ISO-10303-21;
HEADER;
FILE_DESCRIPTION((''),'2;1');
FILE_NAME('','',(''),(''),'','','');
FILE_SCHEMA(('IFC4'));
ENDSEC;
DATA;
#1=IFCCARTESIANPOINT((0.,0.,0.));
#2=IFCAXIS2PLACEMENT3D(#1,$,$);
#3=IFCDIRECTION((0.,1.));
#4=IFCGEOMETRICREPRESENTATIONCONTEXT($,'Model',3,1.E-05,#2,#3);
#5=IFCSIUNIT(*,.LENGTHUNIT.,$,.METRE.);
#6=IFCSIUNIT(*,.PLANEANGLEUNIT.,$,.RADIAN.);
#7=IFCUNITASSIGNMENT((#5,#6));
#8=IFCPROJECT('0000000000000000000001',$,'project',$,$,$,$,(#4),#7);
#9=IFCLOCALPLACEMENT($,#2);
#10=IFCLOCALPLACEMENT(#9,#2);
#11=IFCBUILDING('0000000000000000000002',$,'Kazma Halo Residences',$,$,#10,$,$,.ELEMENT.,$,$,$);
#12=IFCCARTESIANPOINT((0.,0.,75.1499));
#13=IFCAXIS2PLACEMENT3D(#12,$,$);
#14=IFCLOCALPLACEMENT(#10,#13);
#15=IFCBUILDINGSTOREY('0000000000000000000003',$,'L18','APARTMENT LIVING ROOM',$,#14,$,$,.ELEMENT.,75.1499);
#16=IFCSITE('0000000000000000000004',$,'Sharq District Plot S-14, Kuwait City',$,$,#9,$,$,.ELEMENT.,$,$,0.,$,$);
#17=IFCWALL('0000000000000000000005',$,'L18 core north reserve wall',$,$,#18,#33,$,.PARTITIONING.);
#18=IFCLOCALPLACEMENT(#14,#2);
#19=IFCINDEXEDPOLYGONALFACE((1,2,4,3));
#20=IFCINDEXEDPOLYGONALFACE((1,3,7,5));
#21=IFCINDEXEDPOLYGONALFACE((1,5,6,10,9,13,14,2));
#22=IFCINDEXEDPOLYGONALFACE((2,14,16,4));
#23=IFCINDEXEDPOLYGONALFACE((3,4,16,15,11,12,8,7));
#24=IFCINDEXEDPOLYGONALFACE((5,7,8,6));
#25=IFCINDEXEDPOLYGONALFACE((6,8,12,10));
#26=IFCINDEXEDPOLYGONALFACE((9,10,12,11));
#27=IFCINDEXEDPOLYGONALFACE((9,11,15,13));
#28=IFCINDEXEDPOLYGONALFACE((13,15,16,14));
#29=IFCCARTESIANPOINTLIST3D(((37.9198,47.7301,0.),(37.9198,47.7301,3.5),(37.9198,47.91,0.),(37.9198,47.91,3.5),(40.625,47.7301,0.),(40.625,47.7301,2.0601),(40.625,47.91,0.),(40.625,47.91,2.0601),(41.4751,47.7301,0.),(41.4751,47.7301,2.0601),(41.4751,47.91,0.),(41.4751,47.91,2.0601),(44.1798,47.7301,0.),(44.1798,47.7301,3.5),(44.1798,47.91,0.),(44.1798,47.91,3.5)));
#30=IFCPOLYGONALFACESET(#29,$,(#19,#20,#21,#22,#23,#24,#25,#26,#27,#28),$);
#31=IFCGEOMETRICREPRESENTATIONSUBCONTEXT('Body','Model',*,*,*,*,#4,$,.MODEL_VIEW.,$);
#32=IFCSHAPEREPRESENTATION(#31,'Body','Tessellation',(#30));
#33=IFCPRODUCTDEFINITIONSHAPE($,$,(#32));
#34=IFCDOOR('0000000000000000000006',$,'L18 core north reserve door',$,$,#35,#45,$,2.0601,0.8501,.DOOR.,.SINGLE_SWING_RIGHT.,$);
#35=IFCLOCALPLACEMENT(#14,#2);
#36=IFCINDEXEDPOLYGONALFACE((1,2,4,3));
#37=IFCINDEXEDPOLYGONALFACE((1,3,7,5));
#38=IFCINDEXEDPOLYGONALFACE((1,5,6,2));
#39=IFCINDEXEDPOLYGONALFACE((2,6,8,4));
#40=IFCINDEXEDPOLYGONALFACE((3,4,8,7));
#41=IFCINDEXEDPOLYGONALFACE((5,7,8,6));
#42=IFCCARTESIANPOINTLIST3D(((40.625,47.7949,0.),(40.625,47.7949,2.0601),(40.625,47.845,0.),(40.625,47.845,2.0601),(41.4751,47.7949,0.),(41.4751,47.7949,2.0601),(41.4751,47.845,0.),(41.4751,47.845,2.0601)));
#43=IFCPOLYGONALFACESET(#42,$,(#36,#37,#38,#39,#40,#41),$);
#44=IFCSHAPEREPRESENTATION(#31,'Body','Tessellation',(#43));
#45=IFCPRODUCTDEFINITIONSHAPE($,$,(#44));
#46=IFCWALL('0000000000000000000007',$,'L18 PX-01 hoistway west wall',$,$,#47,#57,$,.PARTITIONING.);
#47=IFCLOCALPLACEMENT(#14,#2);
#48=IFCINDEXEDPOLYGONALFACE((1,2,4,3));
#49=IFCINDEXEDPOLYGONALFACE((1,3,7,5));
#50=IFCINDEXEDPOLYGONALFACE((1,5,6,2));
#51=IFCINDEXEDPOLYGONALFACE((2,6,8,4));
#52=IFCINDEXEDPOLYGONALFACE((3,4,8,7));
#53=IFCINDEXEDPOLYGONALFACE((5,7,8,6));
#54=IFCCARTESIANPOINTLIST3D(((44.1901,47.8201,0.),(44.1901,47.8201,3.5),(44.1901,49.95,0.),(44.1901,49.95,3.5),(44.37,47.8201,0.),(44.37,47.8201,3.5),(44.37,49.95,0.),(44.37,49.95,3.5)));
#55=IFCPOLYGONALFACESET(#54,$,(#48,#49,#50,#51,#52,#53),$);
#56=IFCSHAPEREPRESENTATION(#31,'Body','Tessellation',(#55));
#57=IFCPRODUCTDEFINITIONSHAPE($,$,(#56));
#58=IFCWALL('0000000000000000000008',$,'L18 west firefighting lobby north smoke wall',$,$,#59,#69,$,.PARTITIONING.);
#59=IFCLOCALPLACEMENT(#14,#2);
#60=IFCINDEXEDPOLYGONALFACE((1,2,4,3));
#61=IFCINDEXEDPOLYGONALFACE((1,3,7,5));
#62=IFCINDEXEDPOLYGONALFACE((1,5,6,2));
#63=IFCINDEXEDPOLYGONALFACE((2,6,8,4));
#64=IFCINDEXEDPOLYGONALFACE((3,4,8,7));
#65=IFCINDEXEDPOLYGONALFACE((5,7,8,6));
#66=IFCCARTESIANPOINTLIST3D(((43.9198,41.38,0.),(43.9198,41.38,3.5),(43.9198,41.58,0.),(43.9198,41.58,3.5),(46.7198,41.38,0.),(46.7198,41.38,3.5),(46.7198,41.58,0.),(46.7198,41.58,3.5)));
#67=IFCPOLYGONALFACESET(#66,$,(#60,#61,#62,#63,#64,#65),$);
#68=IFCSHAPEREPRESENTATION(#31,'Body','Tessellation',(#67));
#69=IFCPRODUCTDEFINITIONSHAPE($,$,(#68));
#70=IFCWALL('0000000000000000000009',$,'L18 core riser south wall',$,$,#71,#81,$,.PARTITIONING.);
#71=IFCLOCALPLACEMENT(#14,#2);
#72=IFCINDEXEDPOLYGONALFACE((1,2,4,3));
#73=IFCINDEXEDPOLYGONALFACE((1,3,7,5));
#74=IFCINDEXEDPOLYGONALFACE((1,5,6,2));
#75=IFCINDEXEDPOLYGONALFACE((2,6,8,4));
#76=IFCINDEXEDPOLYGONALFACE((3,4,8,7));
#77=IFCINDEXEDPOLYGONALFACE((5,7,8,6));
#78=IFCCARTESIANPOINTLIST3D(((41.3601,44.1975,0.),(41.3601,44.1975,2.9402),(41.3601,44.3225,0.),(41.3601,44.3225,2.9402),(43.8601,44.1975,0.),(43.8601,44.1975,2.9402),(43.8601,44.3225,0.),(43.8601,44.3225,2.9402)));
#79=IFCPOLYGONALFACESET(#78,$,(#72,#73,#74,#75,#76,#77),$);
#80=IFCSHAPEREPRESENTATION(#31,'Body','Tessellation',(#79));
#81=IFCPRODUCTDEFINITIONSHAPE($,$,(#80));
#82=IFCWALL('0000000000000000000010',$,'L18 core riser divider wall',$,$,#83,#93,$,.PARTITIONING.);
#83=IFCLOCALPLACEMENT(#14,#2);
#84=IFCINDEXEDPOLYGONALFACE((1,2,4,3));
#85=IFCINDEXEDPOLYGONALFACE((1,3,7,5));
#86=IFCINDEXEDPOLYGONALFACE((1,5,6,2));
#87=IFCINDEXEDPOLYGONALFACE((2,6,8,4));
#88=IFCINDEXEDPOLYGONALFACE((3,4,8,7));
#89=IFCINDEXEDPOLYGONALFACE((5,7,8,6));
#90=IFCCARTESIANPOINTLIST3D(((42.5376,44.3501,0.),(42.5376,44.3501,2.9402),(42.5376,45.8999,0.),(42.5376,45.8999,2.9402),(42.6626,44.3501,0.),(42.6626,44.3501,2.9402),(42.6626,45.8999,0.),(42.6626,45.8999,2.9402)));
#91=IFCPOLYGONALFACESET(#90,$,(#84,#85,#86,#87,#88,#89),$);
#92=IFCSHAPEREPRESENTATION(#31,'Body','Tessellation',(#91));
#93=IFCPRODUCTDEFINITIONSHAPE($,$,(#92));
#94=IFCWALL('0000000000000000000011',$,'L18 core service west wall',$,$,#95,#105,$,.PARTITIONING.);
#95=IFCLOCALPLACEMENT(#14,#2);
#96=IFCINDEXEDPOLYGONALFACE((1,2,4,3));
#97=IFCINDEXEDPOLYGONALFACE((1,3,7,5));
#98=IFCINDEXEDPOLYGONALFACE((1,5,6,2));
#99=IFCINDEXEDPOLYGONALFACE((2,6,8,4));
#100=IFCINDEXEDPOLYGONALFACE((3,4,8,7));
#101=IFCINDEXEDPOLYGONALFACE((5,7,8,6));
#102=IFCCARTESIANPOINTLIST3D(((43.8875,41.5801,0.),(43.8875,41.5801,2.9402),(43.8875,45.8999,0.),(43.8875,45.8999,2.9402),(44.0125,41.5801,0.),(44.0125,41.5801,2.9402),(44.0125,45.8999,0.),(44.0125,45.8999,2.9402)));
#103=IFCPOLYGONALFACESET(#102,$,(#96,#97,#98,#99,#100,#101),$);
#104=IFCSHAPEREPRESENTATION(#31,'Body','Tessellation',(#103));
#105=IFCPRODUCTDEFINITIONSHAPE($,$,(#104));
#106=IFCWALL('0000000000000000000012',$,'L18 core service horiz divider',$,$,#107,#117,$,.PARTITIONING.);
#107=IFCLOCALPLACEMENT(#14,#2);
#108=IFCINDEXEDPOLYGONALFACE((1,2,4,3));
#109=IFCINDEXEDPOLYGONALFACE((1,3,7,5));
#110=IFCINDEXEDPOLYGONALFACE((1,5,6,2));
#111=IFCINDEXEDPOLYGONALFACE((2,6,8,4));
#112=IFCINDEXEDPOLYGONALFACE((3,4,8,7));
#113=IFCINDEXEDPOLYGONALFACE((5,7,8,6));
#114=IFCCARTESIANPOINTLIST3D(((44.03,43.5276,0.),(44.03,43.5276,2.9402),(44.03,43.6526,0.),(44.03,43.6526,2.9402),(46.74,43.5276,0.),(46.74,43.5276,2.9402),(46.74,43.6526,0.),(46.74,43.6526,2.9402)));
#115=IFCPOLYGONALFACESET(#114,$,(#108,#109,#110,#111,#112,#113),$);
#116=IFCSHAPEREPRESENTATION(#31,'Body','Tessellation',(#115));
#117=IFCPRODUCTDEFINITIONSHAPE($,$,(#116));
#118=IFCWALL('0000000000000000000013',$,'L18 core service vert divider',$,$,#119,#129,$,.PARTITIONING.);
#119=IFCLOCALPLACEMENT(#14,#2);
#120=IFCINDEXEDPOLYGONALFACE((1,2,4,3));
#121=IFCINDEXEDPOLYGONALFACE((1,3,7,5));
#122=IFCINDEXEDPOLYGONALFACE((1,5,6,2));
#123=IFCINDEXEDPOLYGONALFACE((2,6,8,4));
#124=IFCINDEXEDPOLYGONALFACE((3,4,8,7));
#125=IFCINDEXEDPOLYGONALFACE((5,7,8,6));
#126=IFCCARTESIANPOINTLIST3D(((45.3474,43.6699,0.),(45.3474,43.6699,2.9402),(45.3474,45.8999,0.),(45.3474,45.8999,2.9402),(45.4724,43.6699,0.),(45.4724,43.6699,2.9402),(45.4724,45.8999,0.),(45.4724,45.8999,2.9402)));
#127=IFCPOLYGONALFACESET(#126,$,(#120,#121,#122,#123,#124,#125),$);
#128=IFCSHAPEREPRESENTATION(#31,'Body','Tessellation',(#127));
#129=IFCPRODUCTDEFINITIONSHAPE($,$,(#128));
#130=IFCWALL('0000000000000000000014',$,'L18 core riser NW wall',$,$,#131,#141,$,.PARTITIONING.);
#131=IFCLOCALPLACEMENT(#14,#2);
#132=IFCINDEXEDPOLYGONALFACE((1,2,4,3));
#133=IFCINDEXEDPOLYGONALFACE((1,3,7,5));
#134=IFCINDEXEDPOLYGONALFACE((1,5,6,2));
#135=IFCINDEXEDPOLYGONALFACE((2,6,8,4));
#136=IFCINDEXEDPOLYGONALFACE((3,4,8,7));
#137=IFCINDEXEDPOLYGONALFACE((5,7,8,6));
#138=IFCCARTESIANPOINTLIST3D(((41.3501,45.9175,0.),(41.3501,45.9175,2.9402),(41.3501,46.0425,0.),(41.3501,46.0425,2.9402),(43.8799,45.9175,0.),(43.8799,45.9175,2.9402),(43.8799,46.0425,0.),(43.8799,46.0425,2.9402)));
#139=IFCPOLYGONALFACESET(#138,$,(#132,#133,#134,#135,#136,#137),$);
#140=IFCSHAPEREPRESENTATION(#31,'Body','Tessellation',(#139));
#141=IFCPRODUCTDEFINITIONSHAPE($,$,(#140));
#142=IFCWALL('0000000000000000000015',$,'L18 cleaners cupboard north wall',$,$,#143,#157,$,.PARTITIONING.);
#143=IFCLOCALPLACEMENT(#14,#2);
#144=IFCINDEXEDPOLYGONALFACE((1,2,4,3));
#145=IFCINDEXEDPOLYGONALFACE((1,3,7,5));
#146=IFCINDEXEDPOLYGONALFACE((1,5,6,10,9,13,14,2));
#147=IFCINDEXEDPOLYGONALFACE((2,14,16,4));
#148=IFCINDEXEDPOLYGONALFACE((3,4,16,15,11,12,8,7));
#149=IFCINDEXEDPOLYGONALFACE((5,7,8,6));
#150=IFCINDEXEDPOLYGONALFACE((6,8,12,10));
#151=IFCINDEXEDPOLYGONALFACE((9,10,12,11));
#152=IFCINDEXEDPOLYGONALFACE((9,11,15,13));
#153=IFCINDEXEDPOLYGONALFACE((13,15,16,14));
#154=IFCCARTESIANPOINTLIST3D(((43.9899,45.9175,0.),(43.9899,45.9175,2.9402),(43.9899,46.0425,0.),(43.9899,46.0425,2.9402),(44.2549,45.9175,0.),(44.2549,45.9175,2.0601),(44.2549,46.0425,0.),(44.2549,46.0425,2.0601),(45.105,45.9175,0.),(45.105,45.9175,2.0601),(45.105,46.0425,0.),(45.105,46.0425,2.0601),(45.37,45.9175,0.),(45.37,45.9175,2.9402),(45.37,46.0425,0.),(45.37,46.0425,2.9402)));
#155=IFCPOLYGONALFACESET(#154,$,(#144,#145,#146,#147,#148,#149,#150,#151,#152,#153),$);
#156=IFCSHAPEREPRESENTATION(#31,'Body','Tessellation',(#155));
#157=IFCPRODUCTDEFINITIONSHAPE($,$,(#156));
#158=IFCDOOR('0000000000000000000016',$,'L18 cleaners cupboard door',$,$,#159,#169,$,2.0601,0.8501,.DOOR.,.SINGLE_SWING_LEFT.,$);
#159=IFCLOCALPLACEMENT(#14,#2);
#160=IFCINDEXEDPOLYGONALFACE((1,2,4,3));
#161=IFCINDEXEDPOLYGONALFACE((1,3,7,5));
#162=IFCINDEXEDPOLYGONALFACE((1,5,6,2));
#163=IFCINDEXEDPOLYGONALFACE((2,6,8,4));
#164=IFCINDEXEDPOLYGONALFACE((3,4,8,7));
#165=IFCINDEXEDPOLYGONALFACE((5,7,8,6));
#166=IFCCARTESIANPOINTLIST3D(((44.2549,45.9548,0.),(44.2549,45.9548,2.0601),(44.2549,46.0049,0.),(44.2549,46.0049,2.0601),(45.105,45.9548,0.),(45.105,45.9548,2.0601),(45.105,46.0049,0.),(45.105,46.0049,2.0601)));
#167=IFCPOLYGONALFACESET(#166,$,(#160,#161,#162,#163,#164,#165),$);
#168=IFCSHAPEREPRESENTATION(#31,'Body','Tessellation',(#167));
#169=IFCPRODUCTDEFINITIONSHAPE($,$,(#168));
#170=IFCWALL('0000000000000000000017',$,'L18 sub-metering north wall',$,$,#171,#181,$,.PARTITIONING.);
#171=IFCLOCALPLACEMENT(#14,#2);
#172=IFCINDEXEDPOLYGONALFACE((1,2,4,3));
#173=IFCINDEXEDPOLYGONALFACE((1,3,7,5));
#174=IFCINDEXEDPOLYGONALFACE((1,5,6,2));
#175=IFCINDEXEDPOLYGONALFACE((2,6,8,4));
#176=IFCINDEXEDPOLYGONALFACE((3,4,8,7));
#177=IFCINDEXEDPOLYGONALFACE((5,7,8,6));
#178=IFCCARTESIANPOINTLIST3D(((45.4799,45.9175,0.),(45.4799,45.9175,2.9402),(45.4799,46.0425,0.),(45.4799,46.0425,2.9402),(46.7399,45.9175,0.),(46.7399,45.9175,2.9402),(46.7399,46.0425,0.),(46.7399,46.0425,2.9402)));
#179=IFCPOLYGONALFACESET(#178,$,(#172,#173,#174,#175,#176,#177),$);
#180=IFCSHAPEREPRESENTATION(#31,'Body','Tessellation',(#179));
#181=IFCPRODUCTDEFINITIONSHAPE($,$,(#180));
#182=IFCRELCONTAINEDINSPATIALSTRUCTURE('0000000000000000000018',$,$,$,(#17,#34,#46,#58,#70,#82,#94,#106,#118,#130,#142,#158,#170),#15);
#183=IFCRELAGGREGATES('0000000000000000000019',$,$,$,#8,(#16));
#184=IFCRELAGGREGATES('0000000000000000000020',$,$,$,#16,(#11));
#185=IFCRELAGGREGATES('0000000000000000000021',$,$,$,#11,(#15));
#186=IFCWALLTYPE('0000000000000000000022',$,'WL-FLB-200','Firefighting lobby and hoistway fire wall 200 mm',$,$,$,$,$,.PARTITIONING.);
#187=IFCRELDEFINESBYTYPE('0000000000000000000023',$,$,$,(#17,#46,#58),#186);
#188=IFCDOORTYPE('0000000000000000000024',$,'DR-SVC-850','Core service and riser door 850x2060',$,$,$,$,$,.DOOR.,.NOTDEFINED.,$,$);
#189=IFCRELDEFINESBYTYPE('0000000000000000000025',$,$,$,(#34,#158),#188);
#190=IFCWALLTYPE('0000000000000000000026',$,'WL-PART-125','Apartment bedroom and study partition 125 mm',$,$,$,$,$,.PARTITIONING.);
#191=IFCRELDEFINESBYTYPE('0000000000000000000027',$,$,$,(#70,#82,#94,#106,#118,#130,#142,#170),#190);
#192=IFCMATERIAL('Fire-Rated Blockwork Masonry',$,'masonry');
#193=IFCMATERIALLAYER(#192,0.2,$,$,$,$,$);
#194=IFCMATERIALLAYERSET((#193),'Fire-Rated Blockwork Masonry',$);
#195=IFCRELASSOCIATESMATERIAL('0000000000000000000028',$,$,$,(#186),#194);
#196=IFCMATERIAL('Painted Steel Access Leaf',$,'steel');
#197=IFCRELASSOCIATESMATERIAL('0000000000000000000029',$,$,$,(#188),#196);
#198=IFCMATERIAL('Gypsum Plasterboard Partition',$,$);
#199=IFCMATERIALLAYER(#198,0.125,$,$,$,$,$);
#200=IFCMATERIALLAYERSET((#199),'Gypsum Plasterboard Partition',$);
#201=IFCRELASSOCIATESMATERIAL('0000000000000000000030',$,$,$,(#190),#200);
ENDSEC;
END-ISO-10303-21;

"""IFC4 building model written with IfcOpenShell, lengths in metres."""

from ifc_helpers import new_model, si_unit, direction, frame, frame_2d, origin, place, context, subcontext, project, spatial, rectangle, extrude, material, layer, layer_set, type_object, element, fill, save


model = new_model("IFC4")

# Units and contexts
model_context = context("Model", 3, precision=1e-05, world=origin(), true_north=direction((0.0, 1.0)))
body_context = subcontext(model_context, "Body", "Model", "MODEL_VIEW")
ifc_project = project(units=[si_unit("LENGTHUNIT", "METRE"), si_unit("PLANEANGLEUNIT", "RADIAN")], contexts=[model_context])

# Site, building, storey
site_placement = place(None, origin())
site = spatial("IfcSite", under=ifc_project, at=site_placement, Name="Sharq District Plot S-14, Kuwait City", CompositionType="ELEMENT", RefElevation=0.0)
building_placement = place(site_placement, origin())
building = spatial("IfcBuilding", under=site, at=building_placement, Name="Kazma Halo Residences", CompositionType="ELEMENT")
storey_placement = place(building_placement, frame((0.0, 0.0, 75.1499)))
storey = spatial("IfcBuildingStorey", under=building, at=storey_placement, Name="L18", Description="APARTMENT LIVING ROOM", CompositionType="ELEMENT", Elevation=75.1499)

# Shared definitions
ifc_material_1 = material(Name="Fire-Rated Blockwork Masonry", Category="masonry")
ifc_layer_1 = layer(ifc_material_1, 0.2)
ifc_layer_set_1 = layer_set([ifc_layer_1], Name="Fire-Rated Blockwork Masonry")
wall_type_1 = type_object("IfcWallType", Name="WL-FLB-200", Description="Firefighting lobby and hoistway fire wall 200 mm", PredefinedType="PARTITIONING", material=ifc_layer_set_1)

# Wall, opening, door
wall_1_placement = place(storey_placement, frame((37.9199, 47.8201, 0.0), z_axis=(0.0, 0.0, 1.0), x_axis=(1.0, 0.0, 0.0)))
wall_1 = element("IfcWall", 1, at=wall_1_placement, inside=storey, type_object=wall_type_1, Name="L18 core north reserve wall", PredefinedType="PARTITIONING", context=body_context, shape_type="SweptSolid", body=[
    extrude(rectangle(XDim=6.26, YDim=0.1799, at=frame_2d((3.1299, 0.0))), origin(), (0.0, 0.0, 1.0), 3.5),
])
opening_1_placement = place(wall_1_placement, frame((2.7051, 0.0, 0.0)))
opening_1 = element("IfcOpeningElement", 2, at=opening_1_placement, cuts=wall_1, PredefinedType="OPENING", context=body_context, shape_type="SweptSolid", body=[
    extrude(rectangle(XDim=0.8501, YDim=2.0601, at=frame_2d((0.425, 1.03))), frame((0.0, 0.0999, 0.0), z_axis=(0.0, -1.0, 0.0), x_axis=(1.0, 0.0, 0.0)), (0.0, 0.0, 1.0), 0.2),
])
ifc_material_2 = material(Name="Painted Steel Access Leaf", Category="steel")
door_type_1 = type_object("IfcDoorType", Name="DR-SVC-850", Description="Core service and riser door 850x2060", OperationType="NOTDEFINED", PredefinedType="DOOR", material=ifc_material_2)
door_1_placement = place(opening_1_placement, origin())
door_1 = element("IfcDoor", 3, at=door_1_placement, inside=storey, type_object=door_type_1, Name="L18 core north reserve door", OperationType="SINGLE_SWING_RIGHT", OverallHeight=2.0601, OverallWidth=0.8501, PredefinedType="DOOR", context=body_context, shape_type="SweptSolid", body=[
    extrude(rectangle(XDim=0.8501, YDim=2.0601, at=frame_2d((0.425, 1.03))), frame((0.0, 0.0249, 0.0), z_axis=(0.0, -1.0, 0.0), x_axis=(1.0, 0.0, 0.0)), (0.0, 0.0, 1.0), 0.05),
])
fill(opening_1, door_1)

# Walls
wall_2_placement = place(storey_placement, frame((44.28, 47.8201, 0.0), z_axis=(0.0, 0.0, 1.0), x_axis=(0.0, 1.0, 0.0)))
element("IfcWall", 4, at=wall_2_placement, inside=storey, type_object=wall_type_1, Name="L18 PX-01 hoistway west wall", PredefinedType="PARTITIONING", context=body_context, shape_type="SweptSolid", body=[
    extrude(rectangle(XDim=2.1299, YDim=0.1799, at=frame_2d((1.0649, 0.0))), origin(), (0.0, 0.0, 1.0), 3.5),
])
wall_3_placement = place(storey_placement, frame((43.9199, 41.48, 0.0), z_axis=(0.0, 0.0, 1.0), x_axis=(1.0, 0.0, 0.0)))
element("IfcWall", 5, at=wall_3_placement, inside=storey, type_object=wall_type_1, Name="L18 west firefighting lobby north smoke wall", PredefinedType="PARTITIONING", context=body_context, shape_type="SweptSolid", body=[
    extrude(rectangle(XDim=2.8, YDim=0.2, at=frame_2d((1.3999, 0.0))), origin(), (0.0, 0.0, 1.0), 3.5),
])
ifc_material_3 = material(Name="Gypsum Plasterboard Partition")
ifc_layer_2 = layer(ifc_material_3, 0.125)
ifc_layer_set_2 = layer_set([ifc_layer_2], Name="Gypsum Plasterboard Partition")
wall_type_2 = type_object("IfcWallType", Name="WL-PART-125", Description="Apartment bedroom and study partition 125 mm", PredefinedType="PARTITIONING", material=ifc_layer_set_2)
wall_4_placement = place(storey_placement, frame((41.3601, 44.26, 0.0), z_axis=(0.0, 0.0, 1.0), x_axis=(1.0, 0.0, 0.0)))
element("IfcWall", 6, at=wall_4_placement, inside=storey, type_object=wall_type_2, Name="L18 core riser south wall", PredefinedType="PARTITIONING", context=body_context, shape_type="SweptSolid", body=[
    extrude(rectangle(XDim=2.5, YDim=0.125, at=frame_2d((1.25, 0.0))), origin(), (0.0, 0.0, 1.0), 2.9402),
])
wall_5_placement = place(storey_placement, frame((42.6001, 44.3501, 0.0), z_axis=(0.0, 0.0, 1.0), x_axis=(0.0, 1.0, 0.0)))
element("IfcWall", 7, at=wall_5_placement, inside=storey, type_object=wall_type_2, Name="L18 core riser divider wall", PredefinedType="PARTITIONING", context=body_context, shape_type="SweptSolid", body=[
    extrude(rectangle(XDim=1.5498, YDim=0.125, at=frame_2d((0.7749, 0.0))), origin(), (0.0, 0.0, 1.0), 2.9402),
])
wall_6_placement = place(storey_placement, frame((43.95, 41.5801, 0.0), z_axis=(0.0, 0.0, 1.0), x_axis=(0.0, 1.0, 0.0)))
element("IfcWall", 8, at=wall_6_placement, inside=storey, type_object=wall_type_2, Name="L18 core service west wall", PredefinedType="PARTITIONING", context=body_context, shape_type="SweptSolid", body=[
    extrude(rectangle(XDim=4.3198, YDim=0.125, at=frame_2d((2.1599, 0.0))), origin(), (0.0, 0.0, 1.0), 2.9402),
])
wall_7_placement = place(storey_placement, frame((44.03, 43.5901, 0.0), z_axis=(0.0, 0.0, 1.0), x_axis=(1.0, 0.0, 0.0)))
element("IfcWall", 9, at=wall_7_placement, inside=storey, type_object=wall_type_2, Name="L18 core service horiz divider", PredefinedType="PARTITIONING", context=body_context, shape_type="SweptSolid", body=[
    extrude(rectangle(XDim=2.71, YDim=0.125, at=frame_2d((1.355, 0.0))), origin(), (0.0, 0.0, 1.0), 2.9402),
])
wall_8_placement = place(storey_placement, frame((45.4099, 43.6699, 0.0), z_axis=(0.0, 0.0, 1.0), x_axis=(0.0, 1.0, 0.0)))
element("IfcWall", 10, at=wall_8_placement, inside=storey, type_object=wall_type_2, Name="L18 core service vert divider", PredefinedType="PARTITIONING", context=body_context, shape_type="SweptSolid", body=[
    extrude(rectangle(XDim=2.23, YDim=0.125, at=frame_2d((1.115, 0.0))), origin(), (0.0, 0.0, 1.0), 2.9402),
])
wall_9_placement = place(storey_placement, frame((41.3501, 45.98, 0.0), z_axis=(0.0, 0.0, 1.0), x_axis=(1.0, 0.0, 0.0)))
element("IfcWall", 11, at=wall_9_placement, inside=storey, type_object=wall_type_2, Name="L18 core riser NW wall", PredefinedType="PARTITIONING", context=body_context, shape_type="SweptSolid", body=[
    extrude(rectangle(XDim=2.5298, YDim=0.125, at=frame_2d((1.2649, 0.0))), origin(), (0.0, 0.0, 1.0), 2.9402),
])

# Wall, opening, door
wall_10_placement = place(storey_placement, frame((43.99, 45.98, 0.0), z_axis=(0.0, 0.0, 1.0), x_axis=(1.0, 0.0, 0.0)))
wall_10 = element("IfcWall", 12, at=wall_10_placement, inside=storey, type_object=wall_type_2, Name="L18 cleaners cupboard north wall", PredefinedType="PARTITIONING", context=body_context, shape_type="SweptSolid", body=[
    extrude(rectangle(XDim=1.3801, YDim=0.125, at=frame_2d((0.6899, 0.0))), origin(), (0.0, 0.0, 1.0), 2.9402),
])
opening_2_placement = place(wall_10_placement, frame((0.2649, 0.0, 0.0)))
opening_2 = element("IfcOpeningElement", 13, at=opening_2_placement, cuts=wall_10, PredefinedType="OPENING", context=body_context, shape_type="SweptSolid", body=[
    extrude(rectangle(XDim=0.8501, YDim=2.0601, at=frame_2d((0.425, 1.03))), frame((0.0, 0.0725, 0.0), z_axis=(0.0, -1.0, 0.0), x_axis=(1.0, 0.0, 0.0)), (0.0, 0.0, 1.0), 0.145),
])
door_2_placement = place(opening_2_placement, origin())
door_2 = element("IfcDoor", 14, at=door_2_placement, inside=storey, type_object=door_type_1, Name="L18 cleaners cupboard door", OperationType="SINGLE_SWING_LEFT", OverallHeight=2.0601, OverallWidth=0.8501, PredefinedType="DOOR", context=body_context, shape_type="SweptSolid", body=[
    extrude(rectangle(XDim=0.8501, YDim=2.0601, at=frame_2d((0.425, 1.03))), frame((0.0, 0.0249, 0.0), z_axis=(0.0, -1.0, 0.0), x_axis=(1.0, 0.0, 0.0)), (0.0, 0.0, 1.0), 0.05),
])
fill(opening_2, door_2)

# Wall
wall_11_placement = place(storey_placement, frame((45.48, 45.98, 0.0), z_axis=(0.0, 0.0, 1.0), x_axis=(1.0, 0.0, 0.0)))
element("IfcWall", 15, at=wall_11_placement, inside=storey, type_object=wall_type_2, Name="L18 sub-metering north wall", PredefinedType="PARTITIONING", context=body_context, shape_type="SweptSolid", body=[
    extrude(rectangle(XDim=1.26, YDim=0.125, at=frame_2d((0.6299, 0.0))), origin(), (0.0, 0.0, 1.0), 2.9402),
])

save(model, "model.ifc")
